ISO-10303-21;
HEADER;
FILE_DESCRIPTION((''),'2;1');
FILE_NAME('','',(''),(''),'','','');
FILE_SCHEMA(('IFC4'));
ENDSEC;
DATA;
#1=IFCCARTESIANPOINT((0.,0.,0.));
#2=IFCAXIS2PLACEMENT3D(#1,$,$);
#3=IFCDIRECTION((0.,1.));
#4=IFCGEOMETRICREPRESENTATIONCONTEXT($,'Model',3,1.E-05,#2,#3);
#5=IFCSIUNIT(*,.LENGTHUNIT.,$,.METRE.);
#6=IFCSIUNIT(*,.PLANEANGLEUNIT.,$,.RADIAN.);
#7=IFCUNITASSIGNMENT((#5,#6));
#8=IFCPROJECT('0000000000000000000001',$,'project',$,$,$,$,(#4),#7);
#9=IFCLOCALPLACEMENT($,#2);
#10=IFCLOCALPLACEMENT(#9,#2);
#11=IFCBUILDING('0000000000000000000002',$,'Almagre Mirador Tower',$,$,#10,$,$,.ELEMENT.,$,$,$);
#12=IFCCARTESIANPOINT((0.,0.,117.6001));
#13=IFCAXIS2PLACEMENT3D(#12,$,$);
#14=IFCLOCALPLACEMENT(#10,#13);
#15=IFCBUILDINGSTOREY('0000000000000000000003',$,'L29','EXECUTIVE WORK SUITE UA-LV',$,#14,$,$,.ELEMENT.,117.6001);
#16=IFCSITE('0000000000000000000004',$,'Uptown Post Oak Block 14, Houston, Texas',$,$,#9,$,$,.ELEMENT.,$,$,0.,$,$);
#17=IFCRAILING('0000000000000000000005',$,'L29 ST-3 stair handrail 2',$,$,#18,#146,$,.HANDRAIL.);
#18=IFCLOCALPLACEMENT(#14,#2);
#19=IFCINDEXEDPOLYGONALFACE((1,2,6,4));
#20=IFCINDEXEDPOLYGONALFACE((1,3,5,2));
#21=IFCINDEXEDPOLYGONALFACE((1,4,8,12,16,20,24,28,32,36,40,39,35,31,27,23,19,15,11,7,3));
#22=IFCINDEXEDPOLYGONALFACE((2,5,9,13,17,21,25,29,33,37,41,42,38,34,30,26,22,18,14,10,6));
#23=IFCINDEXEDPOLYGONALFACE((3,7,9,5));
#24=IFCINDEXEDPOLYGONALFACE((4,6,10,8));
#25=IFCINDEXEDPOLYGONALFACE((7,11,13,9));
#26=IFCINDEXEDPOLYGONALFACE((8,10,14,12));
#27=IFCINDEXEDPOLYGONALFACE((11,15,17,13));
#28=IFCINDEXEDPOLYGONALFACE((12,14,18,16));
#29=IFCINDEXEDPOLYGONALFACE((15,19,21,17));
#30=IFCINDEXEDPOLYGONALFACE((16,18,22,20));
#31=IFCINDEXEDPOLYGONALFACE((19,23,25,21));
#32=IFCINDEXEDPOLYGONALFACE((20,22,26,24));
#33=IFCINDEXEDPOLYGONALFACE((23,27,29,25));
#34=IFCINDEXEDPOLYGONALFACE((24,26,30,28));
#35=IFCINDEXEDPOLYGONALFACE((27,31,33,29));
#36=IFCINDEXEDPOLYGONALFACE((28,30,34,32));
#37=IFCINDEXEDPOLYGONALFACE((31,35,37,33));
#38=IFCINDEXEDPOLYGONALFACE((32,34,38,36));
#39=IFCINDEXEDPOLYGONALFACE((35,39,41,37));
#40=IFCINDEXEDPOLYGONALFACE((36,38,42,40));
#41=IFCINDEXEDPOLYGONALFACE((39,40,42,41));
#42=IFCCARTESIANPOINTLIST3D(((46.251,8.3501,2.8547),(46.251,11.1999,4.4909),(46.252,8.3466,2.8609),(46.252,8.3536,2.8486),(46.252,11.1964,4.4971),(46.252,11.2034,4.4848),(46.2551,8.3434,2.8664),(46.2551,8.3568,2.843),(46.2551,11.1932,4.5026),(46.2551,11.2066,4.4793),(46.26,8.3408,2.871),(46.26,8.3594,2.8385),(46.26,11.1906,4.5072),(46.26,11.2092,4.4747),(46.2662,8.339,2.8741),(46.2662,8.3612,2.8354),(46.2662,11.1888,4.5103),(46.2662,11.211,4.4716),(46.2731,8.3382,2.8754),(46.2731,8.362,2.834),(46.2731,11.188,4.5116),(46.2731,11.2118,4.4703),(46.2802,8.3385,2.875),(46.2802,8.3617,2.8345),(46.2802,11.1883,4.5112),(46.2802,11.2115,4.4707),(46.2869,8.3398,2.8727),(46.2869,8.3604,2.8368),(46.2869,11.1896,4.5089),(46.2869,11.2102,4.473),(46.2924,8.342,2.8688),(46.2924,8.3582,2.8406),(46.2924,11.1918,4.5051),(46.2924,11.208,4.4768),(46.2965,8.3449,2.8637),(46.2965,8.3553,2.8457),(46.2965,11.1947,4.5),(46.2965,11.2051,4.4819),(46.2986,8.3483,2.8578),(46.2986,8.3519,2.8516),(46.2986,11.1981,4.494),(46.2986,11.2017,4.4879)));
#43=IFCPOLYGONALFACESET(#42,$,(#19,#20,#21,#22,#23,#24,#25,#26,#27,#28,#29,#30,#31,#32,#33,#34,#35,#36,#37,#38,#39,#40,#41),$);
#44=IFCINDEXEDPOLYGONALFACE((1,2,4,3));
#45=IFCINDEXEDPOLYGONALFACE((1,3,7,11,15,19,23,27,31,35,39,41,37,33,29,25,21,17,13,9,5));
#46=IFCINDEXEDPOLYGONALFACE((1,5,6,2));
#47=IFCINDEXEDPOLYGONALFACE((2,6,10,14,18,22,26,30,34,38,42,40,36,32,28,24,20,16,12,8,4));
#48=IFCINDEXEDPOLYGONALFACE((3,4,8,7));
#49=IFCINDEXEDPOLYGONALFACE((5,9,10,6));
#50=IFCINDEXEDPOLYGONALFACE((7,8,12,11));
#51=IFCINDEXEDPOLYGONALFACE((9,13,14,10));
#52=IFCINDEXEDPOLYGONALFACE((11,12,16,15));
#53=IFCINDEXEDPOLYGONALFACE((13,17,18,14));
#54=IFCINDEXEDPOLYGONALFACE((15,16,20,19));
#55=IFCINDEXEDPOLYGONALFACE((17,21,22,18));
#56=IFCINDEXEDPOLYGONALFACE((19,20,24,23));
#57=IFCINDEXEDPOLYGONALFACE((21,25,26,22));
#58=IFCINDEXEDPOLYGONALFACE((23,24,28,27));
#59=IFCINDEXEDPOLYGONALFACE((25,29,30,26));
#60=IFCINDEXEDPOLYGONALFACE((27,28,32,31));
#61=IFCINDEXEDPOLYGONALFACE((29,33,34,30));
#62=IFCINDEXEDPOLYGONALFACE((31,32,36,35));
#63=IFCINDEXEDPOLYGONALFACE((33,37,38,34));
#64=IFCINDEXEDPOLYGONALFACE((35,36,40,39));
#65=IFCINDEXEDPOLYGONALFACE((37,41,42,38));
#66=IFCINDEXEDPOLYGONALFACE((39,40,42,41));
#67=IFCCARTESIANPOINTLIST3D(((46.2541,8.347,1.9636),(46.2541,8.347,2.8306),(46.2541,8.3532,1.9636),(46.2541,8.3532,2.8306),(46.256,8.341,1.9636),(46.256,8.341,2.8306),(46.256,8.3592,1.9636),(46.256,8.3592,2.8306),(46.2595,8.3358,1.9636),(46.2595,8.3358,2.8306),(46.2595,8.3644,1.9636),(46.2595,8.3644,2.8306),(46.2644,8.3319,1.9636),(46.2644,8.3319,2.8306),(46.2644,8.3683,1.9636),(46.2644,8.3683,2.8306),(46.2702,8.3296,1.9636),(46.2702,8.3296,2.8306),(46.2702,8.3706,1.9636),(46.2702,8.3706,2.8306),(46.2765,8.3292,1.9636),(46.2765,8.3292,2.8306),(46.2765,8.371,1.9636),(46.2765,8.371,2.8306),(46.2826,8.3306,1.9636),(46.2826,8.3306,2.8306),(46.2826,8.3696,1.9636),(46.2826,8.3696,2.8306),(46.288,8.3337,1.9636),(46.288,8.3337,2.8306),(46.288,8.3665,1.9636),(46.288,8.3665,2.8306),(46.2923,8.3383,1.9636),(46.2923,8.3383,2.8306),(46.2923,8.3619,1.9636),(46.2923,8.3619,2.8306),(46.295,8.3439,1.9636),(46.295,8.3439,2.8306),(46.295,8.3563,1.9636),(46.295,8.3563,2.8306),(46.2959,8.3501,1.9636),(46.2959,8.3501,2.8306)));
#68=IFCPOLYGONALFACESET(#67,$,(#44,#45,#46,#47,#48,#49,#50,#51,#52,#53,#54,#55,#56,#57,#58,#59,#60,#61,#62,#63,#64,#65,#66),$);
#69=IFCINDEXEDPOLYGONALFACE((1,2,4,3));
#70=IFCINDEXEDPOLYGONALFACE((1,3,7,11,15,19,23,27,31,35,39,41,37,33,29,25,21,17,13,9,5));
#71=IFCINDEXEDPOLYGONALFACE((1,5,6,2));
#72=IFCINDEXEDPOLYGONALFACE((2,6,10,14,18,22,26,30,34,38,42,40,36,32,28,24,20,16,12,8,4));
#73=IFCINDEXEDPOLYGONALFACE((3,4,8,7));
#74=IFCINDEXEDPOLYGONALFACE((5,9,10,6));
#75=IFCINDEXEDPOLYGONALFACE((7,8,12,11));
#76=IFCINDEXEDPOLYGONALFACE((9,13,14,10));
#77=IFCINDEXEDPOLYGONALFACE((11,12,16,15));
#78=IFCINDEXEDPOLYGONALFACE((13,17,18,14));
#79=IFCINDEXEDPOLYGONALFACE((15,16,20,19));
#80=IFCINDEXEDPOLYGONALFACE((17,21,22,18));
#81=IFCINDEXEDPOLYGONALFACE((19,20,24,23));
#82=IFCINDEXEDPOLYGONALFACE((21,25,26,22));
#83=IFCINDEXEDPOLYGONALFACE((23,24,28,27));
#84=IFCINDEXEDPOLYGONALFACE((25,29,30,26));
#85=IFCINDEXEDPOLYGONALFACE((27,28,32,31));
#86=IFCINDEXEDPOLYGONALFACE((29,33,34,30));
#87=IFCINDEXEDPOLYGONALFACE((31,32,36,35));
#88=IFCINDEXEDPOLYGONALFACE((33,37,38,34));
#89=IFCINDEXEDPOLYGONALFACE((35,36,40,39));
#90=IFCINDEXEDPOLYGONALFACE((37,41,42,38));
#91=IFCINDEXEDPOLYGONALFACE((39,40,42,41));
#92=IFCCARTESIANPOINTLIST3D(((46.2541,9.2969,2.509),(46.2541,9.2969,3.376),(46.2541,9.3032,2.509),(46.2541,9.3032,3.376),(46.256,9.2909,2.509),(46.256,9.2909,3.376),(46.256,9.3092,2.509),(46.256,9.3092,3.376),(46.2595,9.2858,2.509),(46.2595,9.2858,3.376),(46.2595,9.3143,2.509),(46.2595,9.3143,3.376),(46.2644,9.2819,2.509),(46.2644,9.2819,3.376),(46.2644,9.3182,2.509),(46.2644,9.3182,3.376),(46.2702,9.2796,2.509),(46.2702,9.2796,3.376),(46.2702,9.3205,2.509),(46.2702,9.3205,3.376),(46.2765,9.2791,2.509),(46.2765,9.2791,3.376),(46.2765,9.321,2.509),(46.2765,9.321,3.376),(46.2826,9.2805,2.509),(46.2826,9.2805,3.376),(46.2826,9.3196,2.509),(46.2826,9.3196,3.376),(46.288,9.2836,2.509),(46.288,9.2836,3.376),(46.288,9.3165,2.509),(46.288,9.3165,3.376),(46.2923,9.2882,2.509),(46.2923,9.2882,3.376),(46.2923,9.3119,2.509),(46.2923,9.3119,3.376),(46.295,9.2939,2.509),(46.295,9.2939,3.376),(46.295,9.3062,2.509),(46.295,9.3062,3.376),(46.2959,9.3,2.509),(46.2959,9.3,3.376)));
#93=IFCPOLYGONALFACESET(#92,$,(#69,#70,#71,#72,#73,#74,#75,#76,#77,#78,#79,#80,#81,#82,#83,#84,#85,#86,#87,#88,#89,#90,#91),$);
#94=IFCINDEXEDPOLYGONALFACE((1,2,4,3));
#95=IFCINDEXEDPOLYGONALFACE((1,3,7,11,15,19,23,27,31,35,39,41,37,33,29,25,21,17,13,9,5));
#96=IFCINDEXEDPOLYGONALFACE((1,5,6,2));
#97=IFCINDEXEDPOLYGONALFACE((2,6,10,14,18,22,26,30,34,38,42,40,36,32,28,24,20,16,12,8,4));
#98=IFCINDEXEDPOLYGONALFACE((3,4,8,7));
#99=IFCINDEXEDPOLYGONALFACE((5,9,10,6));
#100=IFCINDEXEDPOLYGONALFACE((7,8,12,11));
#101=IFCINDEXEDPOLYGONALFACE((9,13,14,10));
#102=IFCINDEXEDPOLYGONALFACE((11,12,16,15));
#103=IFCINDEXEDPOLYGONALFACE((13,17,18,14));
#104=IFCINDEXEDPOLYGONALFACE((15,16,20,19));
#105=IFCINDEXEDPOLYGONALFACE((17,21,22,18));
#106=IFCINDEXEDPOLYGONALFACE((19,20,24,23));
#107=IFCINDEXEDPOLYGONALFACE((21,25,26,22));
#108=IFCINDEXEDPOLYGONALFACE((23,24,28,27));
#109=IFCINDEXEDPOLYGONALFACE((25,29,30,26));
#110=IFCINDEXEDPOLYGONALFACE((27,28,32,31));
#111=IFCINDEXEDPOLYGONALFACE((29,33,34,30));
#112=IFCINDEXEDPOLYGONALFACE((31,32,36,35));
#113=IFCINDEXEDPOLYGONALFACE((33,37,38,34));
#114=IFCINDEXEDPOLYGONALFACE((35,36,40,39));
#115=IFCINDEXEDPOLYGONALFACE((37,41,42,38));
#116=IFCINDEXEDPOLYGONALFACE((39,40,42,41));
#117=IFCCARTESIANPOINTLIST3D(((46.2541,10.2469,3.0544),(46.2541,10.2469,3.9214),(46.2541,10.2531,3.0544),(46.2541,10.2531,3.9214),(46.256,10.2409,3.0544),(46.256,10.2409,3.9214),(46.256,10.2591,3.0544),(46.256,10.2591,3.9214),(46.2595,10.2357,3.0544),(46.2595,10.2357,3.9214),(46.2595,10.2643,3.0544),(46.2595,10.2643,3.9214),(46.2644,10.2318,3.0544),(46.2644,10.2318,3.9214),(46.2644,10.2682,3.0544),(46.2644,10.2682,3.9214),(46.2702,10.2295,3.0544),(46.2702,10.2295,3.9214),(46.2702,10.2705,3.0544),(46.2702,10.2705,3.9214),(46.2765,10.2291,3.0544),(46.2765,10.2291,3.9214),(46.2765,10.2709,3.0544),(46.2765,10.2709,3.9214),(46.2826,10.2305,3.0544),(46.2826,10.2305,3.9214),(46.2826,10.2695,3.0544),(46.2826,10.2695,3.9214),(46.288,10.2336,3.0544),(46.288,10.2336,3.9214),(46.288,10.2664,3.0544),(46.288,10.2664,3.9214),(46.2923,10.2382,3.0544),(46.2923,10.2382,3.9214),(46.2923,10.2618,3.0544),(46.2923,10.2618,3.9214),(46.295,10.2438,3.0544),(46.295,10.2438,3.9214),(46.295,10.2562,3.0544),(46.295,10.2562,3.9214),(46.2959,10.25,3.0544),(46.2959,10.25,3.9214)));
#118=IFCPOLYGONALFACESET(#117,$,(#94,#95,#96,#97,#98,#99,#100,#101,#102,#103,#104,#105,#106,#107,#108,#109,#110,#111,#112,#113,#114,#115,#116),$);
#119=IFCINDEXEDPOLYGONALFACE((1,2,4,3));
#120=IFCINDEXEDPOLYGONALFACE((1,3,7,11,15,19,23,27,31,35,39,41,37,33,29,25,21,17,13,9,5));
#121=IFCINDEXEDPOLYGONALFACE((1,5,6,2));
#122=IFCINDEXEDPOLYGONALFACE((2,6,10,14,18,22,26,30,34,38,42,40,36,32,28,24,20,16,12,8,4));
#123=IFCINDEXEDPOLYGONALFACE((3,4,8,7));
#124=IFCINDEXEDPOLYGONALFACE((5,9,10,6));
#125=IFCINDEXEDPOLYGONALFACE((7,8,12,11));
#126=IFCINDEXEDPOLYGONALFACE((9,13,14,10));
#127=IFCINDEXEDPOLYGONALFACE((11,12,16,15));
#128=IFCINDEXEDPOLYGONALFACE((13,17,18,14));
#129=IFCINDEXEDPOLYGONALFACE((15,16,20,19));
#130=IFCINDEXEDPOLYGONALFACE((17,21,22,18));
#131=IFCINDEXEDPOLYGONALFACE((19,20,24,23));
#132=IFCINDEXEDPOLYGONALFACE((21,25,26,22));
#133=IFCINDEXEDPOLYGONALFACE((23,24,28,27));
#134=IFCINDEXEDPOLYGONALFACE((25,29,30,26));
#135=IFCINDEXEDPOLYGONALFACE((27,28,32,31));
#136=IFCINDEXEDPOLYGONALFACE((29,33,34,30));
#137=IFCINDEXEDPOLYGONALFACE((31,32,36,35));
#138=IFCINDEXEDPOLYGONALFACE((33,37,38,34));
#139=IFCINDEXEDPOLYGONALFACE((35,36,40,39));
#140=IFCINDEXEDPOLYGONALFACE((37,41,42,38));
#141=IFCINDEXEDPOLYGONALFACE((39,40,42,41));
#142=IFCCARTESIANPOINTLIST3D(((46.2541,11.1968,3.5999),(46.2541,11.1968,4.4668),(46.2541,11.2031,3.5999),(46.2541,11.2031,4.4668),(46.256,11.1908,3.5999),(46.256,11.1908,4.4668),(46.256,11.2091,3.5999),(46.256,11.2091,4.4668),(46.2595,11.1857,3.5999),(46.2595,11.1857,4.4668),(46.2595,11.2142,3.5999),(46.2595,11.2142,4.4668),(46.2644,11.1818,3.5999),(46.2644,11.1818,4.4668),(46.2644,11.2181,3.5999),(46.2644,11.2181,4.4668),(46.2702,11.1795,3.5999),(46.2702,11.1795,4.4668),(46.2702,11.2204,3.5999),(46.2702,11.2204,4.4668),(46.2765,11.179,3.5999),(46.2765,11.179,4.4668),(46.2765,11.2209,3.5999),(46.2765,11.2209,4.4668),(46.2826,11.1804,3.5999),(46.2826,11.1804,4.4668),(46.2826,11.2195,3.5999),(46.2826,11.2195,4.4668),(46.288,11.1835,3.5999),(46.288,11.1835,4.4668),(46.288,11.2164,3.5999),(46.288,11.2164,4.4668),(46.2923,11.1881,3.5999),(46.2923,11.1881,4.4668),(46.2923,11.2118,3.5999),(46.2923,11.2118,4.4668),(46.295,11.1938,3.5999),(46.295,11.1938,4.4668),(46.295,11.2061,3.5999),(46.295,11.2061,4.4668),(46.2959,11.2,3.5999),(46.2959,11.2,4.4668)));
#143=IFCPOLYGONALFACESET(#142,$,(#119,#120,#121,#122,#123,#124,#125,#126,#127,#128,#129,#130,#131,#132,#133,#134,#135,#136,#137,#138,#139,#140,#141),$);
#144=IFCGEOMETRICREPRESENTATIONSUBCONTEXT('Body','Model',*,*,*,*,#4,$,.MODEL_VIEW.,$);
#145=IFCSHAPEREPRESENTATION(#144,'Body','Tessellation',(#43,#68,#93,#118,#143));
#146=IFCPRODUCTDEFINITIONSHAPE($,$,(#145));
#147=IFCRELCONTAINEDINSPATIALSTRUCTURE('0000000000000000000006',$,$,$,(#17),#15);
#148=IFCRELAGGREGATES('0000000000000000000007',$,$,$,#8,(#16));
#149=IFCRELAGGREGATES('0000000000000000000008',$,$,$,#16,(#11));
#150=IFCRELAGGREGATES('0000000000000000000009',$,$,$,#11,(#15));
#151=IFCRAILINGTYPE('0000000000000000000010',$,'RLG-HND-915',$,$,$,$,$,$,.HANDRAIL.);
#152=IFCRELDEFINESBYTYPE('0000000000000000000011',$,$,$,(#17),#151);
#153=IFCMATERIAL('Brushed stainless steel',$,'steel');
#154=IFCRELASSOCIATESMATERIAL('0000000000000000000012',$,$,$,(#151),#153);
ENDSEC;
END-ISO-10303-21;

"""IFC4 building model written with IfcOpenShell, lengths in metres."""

from ifc_helpers import new_model, si_unit, direction, frame, origin, origin_2d, place, context, subcontext, project, spatial, circle, extrude, material, type_object, element, save


model = new_model("IFC4")

# Units and contexts
model_context = context("Model", 3, precision=1e-05, world=origin(), true_north=direction((0.0, 1.0)))
body_context = subcontext(model_context, "Body", "Model", "MODEL_VIEW")
ifc_project = project(units=[si_unit("LENGTHUNIT", "METRE"), si_unit("PLANEANGLEUNIT", "RADIAN")], contexts=[model_context])

# Site, building, storey
site_placement = place(None, origin())
site = spatial("IfcSite", under=ifc_project, at=site_placement, Name="Uptown Post Oak Block 14, Houston, Texas", CompositionType="ELEMENT", RefElevation=0.0)
building_placement = place(site_placement, origin())
building = spatial("IfcBuilding", under=site, at=building_placement, Name="Almagre Mirador Tower", CompositionType="ELEMENT")
storey_placement = place(building_placement, frame((0.0, 0.0, 117.6001)))
storey = spatial("IfcBuildingStorey", under=building, at=storey_placement, Name="L29", Description="EXECUTIVE WORK SUITE UA-LV", CompositionType="ELEMENT", Elevation=117.6001)

# Railing
ifc_material_1 = material(Name="Brushed stainless steel", Category="steel")
railing_type_1 = type_object("IfcRailingType", Name="RLG-HND-915", PredefinedType="HANDRAIL", material=ifc_material_1)
railing_1_placement = place(storey_placement, frame((46.2749, 8.3501, 1.9636)))
element("IfcRailing", 1, at=railing_1_placement, inside=storey, type_object=railing_type_1, Name="L29 ST-3 stair handrail 2", PredefinedType="HANDRAIL", context=body_context, shape_type="SweptSolid", body=[
    extrude(circle(Radius=0.0239, at=origin_2d()), frame((0.0, 0.0, 0.8911), z_axis=(0.0, 0.867226, 0.497914), x_axis=(-1.0, 0.0, 0.0)), (0.0, 0.0, 1.0), 3.2861),
    extrude(circle(Radius=0.021, at=origin_2d()), origin(), (0.0, 0.0, 1.0), 0.8669),
    extrude(circle(Radius=0.021, at=origin_2d()), frame((0.0, 0.95, 0.5454)), (0.0, 0.0, 1.0), 0.8669),
    extrude(circle(Radius=0.021, at=origin_2d()), frame((0.0, 1.8999, 1.0908)), (0.0, 0.0, 1.0), 0.8669),
    extrude(circle(Radius=0.021, at=origin_2d()), frame((0.0, 2.8499, 1.6362)), (0.0, 0.0, 1.0), 0.8669),
])

save(model, "model.ifc")
